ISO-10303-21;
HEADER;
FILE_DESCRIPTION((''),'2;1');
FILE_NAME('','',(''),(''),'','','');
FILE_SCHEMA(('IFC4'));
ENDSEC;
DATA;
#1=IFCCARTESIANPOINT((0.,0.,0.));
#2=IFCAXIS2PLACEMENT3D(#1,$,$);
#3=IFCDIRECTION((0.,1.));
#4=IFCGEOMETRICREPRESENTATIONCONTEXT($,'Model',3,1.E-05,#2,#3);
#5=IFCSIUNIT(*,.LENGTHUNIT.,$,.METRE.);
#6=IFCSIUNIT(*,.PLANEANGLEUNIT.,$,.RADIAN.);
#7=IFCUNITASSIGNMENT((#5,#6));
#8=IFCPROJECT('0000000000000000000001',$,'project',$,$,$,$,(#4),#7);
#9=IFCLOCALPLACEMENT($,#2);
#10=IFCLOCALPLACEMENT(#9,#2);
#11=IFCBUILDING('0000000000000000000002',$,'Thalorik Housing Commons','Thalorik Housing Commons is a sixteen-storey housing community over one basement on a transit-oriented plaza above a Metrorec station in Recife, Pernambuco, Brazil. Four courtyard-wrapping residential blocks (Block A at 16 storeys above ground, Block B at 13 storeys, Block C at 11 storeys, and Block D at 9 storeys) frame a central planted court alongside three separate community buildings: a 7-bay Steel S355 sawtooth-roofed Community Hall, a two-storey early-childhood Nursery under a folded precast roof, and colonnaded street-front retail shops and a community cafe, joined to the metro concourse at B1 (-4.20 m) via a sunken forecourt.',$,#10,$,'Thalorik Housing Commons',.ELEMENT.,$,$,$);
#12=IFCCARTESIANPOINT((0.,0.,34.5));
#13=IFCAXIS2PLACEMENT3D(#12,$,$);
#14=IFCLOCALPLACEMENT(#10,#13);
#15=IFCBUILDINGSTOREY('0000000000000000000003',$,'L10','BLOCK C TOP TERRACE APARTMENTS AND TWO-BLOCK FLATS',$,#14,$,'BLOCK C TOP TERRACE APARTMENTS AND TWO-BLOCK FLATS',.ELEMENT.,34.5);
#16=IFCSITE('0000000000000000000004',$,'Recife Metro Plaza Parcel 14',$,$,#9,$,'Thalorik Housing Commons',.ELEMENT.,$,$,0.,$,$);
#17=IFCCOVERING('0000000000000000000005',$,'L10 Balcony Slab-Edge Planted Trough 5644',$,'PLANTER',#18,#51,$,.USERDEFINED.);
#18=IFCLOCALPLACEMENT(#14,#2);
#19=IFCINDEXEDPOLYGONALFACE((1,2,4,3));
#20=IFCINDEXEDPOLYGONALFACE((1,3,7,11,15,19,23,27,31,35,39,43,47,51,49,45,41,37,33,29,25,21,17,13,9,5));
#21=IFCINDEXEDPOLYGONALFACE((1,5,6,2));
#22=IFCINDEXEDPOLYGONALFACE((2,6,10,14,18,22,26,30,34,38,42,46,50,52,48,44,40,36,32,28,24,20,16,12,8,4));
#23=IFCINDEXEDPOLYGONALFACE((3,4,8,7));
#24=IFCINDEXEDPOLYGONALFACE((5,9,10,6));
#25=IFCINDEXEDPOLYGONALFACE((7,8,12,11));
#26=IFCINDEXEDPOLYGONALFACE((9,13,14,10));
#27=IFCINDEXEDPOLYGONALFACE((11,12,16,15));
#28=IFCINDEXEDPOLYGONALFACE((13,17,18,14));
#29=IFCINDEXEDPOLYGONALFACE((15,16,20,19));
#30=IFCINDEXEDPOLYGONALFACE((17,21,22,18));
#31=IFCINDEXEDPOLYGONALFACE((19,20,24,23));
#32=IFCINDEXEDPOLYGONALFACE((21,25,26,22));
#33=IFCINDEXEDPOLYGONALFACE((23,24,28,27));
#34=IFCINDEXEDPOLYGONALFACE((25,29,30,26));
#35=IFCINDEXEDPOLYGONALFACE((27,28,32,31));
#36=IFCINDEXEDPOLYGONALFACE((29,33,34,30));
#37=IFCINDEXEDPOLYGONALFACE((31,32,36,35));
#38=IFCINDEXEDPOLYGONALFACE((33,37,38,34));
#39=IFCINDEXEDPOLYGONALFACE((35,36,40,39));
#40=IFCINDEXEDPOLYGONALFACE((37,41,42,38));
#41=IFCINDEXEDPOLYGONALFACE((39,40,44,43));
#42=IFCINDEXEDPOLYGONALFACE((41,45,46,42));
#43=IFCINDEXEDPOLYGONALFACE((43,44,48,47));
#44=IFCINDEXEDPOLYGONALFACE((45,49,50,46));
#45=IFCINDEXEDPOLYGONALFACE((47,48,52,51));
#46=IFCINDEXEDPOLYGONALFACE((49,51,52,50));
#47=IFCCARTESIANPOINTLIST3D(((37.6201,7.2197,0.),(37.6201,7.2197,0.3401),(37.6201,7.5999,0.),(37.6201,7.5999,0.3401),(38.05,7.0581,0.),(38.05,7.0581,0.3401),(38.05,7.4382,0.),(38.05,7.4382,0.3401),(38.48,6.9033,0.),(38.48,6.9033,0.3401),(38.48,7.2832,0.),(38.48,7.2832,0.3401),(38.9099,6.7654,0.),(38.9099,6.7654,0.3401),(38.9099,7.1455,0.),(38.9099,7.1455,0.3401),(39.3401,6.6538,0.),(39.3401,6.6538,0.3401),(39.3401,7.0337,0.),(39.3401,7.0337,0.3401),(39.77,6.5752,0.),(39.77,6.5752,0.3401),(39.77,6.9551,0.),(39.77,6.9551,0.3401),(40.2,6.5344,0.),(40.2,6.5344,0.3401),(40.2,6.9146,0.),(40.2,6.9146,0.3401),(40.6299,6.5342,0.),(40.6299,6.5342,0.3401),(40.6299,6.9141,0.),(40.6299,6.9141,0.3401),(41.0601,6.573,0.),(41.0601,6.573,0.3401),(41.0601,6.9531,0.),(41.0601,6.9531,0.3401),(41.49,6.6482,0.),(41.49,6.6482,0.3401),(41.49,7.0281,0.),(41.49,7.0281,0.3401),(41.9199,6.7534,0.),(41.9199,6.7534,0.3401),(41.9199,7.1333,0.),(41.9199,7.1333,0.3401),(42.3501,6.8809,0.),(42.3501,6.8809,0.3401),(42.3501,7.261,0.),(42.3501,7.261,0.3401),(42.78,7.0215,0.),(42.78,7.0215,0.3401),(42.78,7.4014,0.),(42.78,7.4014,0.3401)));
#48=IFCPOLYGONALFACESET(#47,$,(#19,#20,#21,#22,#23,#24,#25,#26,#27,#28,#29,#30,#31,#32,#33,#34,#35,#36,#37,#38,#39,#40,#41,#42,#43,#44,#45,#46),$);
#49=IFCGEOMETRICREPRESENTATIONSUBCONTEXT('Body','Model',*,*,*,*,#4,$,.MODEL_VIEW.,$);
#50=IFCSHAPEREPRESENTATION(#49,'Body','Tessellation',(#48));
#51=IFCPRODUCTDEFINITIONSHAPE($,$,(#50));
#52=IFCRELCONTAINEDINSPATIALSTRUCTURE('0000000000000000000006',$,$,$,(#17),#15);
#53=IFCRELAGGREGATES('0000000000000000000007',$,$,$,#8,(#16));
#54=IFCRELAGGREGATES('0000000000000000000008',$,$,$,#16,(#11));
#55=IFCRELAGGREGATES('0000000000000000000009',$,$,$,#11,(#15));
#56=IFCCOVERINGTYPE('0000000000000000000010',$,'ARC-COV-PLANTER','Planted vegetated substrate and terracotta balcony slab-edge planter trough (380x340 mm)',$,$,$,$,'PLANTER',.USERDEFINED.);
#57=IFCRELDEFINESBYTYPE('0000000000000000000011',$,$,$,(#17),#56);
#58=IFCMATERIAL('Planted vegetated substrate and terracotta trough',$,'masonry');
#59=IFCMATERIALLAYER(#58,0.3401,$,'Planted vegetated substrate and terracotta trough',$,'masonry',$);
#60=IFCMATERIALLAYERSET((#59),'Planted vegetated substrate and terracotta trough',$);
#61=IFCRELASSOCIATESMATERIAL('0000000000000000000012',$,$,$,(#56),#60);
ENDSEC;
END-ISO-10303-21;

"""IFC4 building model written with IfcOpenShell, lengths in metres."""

from ifc_helpers import new_model, si_unit, direction, frame, origin, place, context, subcontext, project, spatial, polyline, outline, extrude, material, layer, layer_set, type_object, element, save


model = new_model("IFC4")

# Units and contexts
model_context = context("Model", 3, precision=1e-05, world=origin(), true_north=direction((0.0, 1.0)))
body_context = subcontext(model_context, "Body", "Model", "MODEL_VIEW")
ifc_project = project(units=[si_unit("LENGTHUNIT", "METRE"), si_unit("PLANEANGLEUNIT", "RADIAN")], contexts=[model_context])

# Site, building, storey
site_placement = place(None, origin())
site = spatial("IfcSite", under=ifc_project, at=site_placement, Name="Recife Metro Plaza Parcel 14", LongName="Thalorik Housing Commons", CompositionType="ELEMENT", RefElevation=0.0)
building_placement = place(site_placement, origin())
building = spatial("IfcBuilding", under=site, at=building_placement, Name="Thalorik Housing Commons", Description="Thalorik Housing Commons is a sixteen-storey housing community over one basement on a transit-oriented plaza above a Metrorec station in Recife, Pernambuco, Brazil. Four courtyard-wrapping residential blocks (Block A at 16 storeys above ground, Block B at 13 storeys, Block C at 11 storeys, and Block D at 9 storeys) frame a central planted court alongside three separate community buildings: a 7-bay Steel S355 sawtooth-roofed Community Hall, a two-storey early-childhood Nursery under a folded precast roof, and colonnaded street-front retail shops and a community cafe, joined to the metro concourse at B1 (-4.20 m) via a sunken forecourt.", LongName="Thalorik Housing Commons", CompositionType="ELEMENT")
storey_placement = place(building_placement, frame((0.0, 0.0, 34.5)))
storey = spatial("IfcBuildingStorey", under=building, at=storey_placement, Name="L10", Description="BLOCK C TOP TERRACE APARTMENTS AND TWO-BLOCK FLATS", LongName="BLOCK C TOP TERRACE APARTMENTS AND TWO-BLOCK FLATS", CompositionType="ELEMENT", Elevation=34.5)

# Covering
ifc_material_1 = material(Name="Planted vegetated substrate and terracotta trough", Category="masonry")
ifc_layer_1 = layer(ifc_material_1, 0.3401, Name="Planted vegetated substrate and terracotta trough", Category="masonry")
ifc_layer_set_1 = layer_set([ifc_layer_1], Name="Planted vegetated substrate and terracotta trough")
covering_type_1 = type_object("IfcCoveringType", Name="ARC-COV-PLANTER", Description="Planted vegetated substrate and terracotta balcony slab-edge planter trough (380x340 mm)", ElementType="PLANTER", PredefinedType="USERDEFINED", material=ifc_layer_set_1)
covering_1_placement = place(storey_placement, origin())
element("IfcCovering", 1, at=covering_1_placement, inside=storey, type_object=covering_type_1, Name="L10 Balcony Slab-Edge Planted Trough 5644", ObjectType="PLANTER", PredefinedType="USERDEFINED", context=body_context, shape_type="SweptSolid", body=[
    extrude(outline(polyline([(37.6201, 7.2197), (38.05, 7.0581), (38.48, 6.9033), (38.9099, 6.7654), (39.3401, 6.6538), (39.77, 6.5752), (40.2, 6.5344), (40.6299, 6.5342), (41.0601, 6.573), (41.49, 6.6482), (41.9199, 6.7534), (42.3501, 6.8809), (42.78, 7.0215), (42.78, 7.4014), (42.3501, 7.261), (41.9199, 7.1333), (41.49, 7.0281), (41.0601, 6.9531), (40.6299, 6.9141), (40.2, 6.9146), (39.77, 6.9551), (39.3401, 7.0337), (38.9099, 7.1455), (38.48, 7.2832), (38.05, 7.4382), (37.6201, 7.5999), (37.6201, 7.2197)])), origin(), (0.0, 0.0, 1.0), 0.3401),
])

save(model, "model.ifc")
